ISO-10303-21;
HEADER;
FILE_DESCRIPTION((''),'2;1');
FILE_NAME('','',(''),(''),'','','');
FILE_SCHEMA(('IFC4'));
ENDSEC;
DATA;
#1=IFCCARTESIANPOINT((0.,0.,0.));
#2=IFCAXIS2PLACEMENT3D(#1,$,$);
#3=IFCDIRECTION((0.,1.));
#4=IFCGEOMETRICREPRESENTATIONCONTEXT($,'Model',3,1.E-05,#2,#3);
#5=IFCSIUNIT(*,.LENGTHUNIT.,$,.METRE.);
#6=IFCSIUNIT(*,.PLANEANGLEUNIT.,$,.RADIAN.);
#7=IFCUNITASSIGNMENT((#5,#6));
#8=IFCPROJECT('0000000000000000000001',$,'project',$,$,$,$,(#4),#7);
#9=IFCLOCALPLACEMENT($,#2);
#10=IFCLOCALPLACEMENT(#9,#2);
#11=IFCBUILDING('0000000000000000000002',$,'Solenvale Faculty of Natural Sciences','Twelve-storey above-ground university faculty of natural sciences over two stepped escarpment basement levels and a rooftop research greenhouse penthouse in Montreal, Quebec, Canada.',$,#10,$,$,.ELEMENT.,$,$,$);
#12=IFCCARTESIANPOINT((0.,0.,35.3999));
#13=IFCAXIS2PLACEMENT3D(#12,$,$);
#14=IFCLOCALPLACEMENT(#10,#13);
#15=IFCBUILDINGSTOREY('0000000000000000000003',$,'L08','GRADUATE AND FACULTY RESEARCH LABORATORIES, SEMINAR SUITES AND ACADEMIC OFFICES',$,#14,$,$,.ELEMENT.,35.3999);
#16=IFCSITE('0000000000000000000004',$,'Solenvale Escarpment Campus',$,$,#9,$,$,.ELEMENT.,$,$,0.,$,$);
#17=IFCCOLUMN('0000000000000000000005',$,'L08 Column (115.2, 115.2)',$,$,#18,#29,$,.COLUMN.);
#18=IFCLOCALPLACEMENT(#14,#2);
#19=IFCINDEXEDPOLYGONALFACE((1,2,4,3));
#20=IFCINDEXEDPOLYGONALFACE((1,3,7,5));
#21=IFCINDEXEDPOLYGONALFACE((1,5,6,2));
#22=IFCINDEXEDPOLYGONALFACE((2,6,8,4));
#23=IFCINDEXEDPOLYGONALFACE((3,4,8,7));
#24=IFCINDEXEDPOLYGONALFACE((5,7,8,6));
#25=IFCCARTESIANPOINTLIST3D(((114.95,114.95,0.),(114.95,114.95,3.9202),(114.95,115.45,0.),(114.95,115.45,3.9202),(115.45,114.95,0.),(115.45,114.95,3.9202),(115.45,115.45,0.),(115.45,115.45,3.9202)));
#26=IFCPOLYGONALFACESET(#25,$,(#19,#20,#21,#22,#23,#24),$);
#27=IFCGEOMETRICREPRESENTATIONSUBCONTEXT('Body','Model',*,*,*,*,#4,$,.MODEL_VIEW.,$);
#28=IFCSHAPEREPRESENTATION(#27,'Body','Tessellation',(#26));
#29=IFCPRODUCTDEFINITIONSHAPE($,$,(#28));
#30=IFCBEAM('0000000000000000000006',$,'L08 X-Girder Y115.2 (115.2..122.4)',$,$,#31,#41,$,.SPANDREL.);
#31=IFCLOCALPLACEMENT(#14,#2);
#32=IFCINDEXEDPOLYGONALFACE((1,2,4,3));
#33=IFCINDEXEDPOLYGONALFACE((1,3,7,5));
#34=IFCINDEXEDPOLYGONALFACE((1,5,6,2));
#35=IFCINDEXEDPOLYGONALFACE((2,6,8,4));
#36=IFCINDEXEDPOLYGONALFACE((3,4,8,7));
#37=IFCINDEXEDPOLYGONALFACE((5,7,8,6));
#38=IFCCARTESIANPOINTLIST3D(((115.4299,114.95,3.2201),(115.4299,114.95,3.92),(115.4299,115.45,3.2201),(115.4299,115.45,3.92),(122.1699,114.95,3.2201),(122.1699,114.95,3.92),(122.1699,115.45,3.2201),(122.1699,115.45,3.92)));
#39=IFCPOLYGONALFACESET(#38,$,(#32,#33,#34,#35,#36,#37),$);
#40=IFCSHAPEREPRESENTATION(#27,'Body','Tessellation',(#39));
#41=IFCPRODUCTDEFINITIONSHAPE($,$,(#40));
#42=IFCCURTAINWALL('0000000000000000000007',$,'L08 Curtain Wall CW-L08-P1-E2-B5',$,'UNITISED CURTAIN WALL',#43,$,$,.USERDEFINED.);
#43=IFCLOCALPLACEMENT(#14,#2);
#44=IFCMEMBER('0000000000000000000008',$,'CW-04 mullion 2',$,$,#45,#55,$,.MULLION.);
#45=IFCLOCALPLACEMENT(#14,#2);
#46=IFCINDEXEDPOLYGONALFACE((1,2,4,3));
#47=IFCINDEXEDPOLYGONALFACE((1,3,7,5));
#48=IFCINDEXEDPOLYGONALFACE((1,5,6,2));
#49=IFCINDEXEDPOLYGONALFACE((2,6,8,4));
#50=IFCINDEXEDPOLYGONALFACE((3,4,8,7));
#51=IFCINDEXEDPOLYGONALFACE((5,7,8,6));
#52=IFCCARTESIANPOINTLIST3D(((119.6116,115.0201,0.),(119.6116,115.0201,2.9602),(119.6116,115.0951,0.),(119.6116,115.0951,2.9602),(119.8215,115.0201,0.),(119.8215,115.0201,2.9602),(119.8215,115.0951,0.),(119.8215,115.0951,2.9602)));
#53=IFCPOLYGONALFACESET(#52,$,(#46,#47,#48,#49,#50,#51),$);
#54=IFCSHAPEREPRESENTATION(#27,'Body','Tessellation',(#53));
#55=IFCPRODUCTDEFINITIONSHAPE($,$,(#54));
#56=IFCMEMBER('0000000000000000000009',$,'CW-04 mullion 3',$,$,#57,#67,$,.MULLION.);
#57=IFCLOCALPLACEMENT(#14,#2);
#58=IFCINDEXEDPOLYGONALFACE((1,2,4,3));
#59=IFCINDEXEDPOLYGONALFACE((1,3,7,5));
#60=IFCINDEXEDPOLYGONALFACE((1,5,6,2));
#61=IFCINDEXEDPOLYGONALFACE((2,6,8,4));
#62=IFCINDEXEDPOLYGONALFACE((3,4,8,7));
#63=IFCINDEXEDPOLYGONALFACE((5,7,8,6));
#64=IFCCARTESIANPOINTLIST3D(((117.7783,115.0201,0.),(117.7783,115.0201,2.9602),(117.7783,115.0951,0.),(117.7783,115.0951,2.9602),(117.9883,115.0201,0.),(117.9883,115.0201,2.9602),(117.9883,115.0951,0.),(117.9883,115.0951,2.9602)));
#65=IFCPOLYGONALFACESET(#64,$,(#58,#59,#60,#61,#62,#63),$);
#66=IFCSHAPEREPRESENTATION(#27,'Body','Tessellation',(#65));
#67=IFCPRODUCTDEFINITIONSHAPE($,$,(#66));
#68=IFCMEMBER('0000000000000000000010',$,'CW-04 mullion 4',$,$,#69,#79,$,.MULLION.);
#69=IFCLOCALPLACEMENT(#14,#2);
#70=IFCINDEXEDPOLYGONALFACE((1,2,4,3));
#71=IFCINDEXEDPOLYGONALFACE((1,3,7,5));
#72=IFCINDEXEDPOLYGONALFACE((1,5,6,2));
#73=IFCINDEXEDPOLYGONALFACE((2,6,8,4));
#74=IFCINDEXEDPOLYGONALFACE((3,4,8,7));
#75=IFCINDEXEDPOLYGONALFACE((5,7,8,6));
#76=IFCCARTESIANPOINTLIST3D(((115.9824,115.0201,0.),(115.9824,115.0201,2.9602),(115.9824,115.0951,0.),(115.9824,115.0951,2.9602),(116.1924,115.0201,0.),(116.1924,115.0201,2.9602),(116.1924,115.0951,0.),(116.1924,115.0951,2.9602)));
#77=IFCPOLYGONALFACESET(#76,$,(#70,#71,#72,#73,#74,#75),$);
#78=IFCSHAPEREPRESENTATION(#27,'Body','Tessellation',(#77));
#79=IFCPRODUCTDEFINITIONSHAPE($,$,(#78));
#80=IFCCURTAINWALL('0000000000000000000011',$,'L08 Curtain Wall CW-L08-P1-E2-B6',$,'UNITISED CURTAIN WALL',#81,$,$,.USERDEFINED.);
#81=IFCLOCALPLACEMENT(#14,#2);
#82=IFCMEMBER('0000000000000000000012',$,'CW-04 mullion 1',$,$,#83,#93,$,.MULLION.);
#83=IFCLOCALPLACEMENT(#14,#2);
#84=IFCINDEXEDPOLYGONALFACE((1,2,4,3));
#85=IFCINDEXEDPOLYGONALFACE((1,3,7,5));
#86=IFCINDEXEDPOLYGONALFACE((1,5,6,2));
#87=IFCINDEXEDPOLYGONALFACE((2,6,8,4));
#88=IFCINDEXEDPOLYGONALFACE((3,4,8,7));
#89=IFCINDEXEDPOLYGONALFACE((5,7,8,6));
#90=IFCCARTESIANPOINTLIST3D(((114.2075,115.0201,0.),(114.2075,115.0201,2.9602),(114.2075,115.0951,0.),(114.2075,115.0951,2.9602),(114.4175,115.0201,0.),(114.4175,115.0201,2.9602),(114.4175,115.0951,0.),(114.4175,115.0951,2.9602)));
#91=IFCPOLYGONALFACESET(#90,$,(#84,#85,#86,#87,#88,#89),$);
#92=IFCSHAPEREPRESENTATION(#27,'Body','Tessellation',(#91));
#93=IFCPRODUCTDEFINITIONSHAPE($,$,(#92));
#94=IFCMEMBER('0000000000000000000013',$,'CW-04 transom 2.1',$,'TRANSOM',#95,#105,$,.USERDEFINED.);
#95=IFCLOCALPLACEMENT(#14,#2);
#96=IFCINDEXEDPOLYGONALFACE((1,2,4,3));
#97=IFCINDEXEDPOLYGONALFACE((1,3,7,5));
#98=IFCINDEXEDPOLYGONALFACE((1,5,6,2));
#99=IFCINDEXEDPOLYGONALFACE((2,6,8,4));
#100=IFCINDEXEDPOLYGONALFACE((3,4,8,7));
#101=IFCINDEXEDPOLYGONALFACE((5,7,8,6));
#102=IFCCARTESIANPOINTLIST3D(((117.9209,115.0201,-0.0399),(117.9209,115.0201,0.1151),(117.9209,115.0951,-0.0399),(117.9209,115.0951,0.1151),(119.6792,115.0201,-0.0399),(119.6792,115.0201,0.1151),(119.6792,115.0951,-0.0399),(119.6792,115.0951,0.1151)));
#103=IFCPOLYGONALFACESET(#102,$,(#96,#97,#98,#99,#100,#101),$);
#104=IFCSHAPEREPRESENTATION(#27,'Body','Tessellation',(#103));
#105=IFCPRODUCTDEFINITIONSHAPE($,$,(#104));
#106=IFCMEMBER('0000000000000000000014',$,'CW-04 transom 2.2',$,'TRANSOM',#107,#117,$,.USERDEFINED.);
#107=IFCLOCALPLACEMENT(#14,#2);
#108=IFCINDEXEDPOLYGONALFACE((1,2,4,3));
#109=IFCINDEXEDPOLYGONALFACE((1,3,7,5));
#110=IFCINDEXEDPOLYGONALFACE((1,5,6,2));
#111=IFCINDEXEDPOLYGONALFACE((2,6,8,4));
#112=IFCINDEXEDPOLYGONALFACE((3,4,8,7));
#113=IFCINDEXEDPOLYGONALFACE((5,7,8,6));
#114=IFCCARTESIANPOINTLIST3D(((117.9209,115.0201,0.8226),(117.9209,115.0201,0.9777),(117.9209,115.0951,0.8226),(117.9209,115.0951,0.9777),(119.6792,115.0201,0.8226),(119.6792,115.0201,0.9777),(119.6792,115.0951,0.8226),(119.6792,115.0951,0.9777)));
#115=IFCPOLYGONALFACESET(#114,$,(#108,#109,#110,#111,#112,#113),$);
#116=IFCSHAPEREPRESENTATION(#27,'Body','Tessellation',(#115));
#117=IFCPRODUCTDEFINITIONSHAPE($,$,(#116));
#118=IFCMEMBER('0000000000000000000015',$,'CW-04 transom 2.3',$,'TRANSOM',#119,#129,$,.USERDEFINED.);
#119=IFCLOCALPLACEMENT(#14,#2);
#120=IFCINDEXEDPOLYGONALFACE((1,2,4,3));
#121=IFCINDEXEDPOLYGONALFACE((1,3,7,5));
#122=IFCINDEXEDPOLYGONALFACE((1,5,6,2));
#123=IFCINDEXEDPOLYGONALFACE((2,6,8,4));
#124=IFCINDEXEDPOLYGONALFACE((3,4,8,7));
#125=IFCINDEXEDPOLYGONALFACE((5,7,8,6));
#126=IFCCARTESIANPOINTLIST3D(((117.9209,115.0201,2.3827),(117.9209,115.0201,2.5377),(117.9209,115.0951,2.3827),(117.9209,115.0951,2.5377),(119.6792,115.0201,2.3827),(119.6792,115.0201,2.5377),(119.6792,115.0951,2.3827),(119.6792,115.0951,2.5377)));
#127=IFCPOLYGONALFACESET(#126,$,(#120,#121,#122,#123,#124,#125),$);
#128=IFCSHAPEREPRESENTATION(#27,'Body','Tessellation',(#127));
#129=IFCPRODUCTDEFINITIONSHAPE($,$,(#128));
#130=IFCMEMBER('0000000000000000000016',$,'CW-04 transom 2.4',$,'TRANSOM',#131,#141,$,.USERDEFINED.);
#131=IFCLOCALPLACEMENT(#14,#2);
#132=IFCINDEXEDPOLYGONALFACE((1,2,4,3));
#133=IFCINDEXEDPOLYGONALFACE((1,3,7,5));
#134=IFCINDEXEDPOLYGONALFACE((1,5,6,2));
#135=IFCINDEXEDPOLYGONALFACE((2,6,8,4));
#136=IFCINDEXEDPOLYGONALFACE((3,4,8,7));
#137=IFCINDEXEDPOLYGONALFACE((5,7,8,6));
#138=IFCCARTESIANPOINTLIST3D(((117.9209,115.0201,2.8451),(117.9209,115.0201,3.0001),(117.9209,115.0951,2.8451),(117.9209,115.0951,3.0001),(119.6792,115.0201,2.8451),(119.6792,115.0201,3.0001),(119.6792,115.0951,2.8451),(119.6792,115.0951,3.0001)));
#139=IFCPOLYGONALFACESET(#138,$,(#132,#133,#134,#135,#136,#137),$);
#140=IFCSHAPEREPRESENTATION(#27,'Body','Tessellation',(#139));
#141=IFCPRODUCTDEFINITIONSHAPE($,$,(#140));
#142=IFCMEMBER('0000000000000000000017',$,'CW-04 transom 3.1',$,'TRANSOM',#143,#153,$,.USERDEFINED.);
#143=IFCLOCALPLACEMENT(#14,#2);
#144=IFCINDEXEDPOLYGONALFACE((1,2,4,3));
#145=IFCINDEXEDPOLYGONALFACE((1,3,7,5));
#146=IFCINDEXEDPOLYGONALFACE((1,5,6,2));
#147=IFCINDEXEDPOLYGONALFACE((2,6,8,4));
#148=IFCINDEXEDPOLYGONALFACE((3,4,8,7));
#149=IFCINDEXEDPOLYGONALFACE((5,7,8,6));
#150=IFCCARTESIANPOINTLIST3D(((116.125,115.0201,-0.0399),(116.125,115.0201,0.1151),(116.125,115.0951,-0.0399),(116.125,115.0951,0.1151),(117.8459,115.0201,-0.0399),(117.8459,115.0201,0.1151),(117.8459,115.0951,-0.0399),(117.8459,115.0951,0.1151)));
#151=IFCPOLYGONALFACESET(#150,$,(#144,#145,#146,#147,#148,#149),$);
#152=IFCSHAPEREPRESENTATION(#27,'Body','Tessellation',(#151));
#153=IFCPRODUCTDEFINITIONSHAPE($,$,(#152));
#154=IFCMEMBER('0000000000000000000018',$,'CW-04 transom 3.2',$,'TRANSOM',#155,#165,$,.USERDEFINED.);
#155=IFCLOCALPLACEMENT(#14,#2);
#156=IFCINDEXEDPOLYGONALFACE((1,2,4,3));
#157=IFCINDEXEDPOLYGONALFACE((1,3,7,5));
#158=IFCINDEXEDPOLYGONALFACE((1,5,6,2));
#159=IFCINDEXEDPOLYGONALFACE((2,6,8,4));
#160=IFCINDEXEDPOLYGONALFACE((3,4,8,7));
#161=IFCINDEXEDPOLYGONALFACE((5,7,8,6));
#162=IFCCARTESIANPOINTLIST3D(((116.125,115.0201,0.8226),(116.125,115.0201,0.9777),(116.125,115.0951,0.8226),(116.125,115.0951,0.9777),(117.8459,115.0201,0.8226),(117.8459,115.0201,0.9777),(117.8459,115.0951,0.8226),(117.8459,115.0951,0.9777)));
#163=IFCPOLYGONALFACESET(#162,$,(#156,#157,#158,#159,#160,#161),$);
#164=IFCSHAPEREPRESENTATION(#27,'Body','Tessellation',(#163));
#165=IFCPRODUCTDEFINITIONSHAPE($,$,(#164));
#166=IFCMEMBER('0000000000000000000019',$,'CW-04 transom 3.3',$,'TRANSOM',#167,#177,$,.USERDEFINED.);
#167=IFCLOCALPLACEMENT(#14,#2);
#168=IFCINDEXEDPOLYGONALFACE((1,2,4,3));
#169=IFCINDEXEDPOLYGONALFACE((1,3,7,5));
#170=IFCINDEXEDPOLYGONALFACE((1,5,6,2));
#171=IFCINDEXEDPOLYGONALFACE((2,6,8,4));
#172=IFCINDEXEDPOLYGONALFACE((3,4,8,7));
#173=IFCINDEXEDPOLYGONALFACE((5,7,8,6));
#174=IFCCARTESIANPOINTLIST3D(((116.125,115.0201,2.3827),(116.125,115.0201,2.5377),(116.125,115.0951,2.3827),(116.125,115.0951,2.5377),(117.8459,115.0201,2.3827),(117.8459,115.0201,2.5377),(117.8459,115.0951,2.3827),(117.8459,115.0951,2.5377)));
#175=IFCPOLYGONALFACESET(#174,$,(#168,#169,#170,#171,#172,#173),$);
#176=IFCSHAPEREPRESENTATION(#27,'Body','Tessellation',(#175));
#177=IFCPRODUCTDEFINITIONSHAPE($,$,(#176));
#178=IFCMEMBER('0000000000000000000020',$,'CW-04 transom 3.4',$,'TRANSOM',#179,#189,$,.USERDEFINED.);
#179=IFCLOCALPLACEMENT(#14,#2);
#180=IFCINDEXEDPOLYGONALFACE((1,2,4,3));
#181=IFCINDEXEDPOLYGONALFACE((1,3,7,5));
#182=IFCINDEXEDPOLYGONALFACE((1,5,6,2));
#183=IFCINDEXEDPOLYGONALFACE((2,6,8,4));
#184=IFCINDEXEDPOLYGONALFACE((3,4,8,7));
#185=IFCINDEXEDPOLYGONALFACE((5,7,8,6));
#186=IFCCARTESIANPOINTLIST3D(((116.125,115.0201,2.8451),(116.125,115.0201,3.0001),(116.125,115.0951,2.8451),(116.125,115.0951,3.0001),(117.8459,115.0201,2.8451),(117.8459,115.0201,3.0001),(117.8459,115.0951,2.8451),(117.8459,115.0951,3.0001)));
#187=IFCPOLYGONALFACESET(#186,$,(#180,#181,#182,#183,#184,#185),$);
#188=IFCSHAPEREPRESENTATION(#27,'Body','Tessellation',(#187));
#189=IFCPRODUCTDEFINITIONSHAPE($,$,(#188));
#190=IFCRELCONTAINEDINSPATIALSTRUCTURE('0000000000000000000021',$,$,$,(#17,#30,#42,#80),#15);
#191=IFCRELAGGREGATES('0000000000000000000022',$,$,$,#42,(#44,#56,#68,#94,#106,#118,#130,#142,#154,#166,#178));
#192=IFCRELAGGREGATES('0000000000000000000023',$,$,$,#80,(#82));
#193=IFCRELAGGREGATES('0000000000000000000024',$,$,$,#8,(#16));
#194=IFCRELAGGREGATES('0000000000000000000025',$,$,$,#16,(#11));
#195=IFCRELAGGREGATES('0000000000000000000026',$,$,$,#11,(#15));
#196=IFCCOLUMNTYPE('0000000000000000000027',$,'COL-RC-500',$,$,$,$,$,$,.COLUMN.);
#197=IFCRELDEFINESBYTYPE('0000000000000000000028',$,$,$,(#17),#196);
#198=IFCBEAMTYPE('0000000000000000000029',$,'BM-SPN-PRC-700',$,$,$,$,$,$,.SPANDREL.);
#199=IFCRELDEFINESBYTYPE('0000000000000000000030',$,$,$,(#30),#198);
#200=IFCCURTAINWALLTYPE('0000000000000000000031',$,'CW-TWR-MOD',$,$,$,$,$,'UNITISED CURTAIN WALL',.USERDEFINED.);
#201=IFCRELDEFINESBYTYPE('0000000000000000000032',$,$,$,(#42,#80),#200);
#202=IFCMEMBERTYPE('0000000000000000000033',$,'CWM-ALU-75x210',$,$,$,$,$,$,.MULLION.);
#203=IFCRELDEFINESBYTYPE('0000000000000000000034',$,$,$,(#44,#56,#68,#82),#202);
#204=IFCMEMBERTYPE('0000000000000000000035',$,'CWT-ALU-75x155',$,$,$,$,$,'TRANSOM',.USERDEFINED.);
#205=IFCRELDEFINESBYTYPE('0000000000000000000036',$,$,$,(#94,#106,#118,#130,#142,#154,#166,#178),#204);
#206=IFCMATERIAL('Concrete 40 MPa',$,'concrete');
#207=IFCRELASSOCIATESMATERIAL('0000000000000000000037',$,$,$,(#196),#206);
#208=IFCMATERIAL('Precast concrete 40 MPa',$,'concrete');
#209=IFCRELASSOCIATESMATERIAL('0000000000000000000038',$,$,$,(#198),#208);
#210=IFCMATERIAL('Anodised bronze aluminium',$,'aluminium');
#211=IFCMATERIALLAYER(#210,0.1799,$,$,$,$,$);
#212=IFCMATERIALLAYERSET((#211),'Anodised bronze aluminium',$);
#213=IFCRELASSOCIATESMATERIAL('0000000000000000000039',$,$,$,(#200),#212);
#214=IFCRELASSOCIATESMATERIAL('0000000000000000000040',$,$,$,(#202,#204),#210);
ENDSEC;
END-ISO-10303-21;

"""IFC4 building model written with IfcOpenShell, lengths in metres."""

from ifc_helpers import new_model, si_unit, direction, frame, origin, origin_2d, place, context, subcontext, project, spatial, rectangle, extrude, material, layer, layer_set, material_profile, profile_set, type_object, element, aggregate, save


model = new_model("IFC4")

# Units and contexts
model_context = context("Model", 3, precision=1e-05, world=origin(), true_north=direction((0.0, 1.0)))
body_context = subcontext(model_context, "Body", "Model", "MODEL_VIEW")
ifc_project = project(units=[si_unit("LENGTHUNIT", "METRE"), si_unit("PLANEANGLEUNIT", "RADIAN")], contexts=[model_context])

# Site, building, storey
site_placement = place(None, origin())
site = spatial("IfcSite", under=ifc_project, at=site_placement, Name="Solenvale Escarpment Campus", CompositionType="ELEMENT", RefElevation=0.0)
building_placement = place(site_placement, origin())
building = spatial("IfcBuilding", under=site, at=building_placement, Name="Solenvale Faculty of Natural Sciences", Description="Twelve-storey above-ground university faculty of natural sciences over two stepped escarpment basement levels and a rooftop research greenhouse penthouse in Montreal, Quebec, Canada.", CompositionType="ELEMENT")
storey_placement = place(building_placement, frame((0.0, 0.0, 35.3999)))
storey = spatial("IfcBuildingStorey", under=building, at=storey_placement, Name="L08", Description="GRADUATE AND FACULTY RESEARCH LABORATORIES, SEMINAR SUITES AND ACADEMIC OFFICES", CompositionType="ELEMENT", Elevation=35.3999)

# Column
ifc_material_1 = material(Name="Concrete 40 MPa", Category="concrete")
ifc_material_profile_1 = material_profile(ifc_material_1, rectangle(XDim=0.5, YDim=0.5, at=origin_2d()), Name="RC-COL-500x500")
ifc_profile_set_1 = profile_set([ifc_material_profile_1], Name="Concrete 40 MPa")
column_type = type_object("IfcColumnType", Name="COL-RC-500", PredefinedType="COLUMN", material=ifc_profile_set_1)
column_placement = place(storey_placement, frame((115.2, 115.2, 0.0), z_axis=(0.0, 0.0, 1.0), x_axis=(1.0, 0.0, 0.0)))
element("IfcColumn", 1, at=column_placement, inside=storey, type_object=column_type, Name="L08 Column (115.2, 115.2)", PredefinedType="COLUMN", context=body_context, shape_type="SweptSolid", body=[
    extrude(rectangle(XDim=0.5, YDim=0.5, at=origin_2d()), origin(), (0.0, 0.0, 1.0), 3.9202),
])

# Beam
ifc_material_2 = material(Name="Precast concrete 40 MPa", Category="concrete")
ifc_material_profile_2 = material_profile(ifc_material_2, rectangle(XDim=0.5, YDim=0.7, at=origin_2d()), Name="RC-BM-500x700")
ifc_profile_set_2 = profile_set([ifc_material_profile_2], Name="Precast concrete 40 MPa")
beam_type = type_object("IfcBeamType", Name="BM-SPN-PRC-700", PredefinedType="SPANDREL", material=ifc_profile_set_2)
beam_placement = place(storey_placement, frame((115.4299, 115.2, 3.5701), z_axis=(1.0, 0.0, 0.0), x_axis=(0.0, 1.0, 0.0)))
element("IfcBeam", 2, at=beam_placement, inside=storey, type_object=beam_type, Name="L08 X-Girder Y115.2 (115.2..122.4)", PredefinedType="SPANDREL", context=body_context, shape_type="SweptSolid", body=[
    extrude(rectangle(XDim=0.5, YDim=0.7, at=origin_2d()), origin(), (0.0, 0.0, 1.0), 6.74),
])

# Curtain wall, members
ifc_material_3 = material(Name="Anodised bronze aluminium", Category="aluminium")
ifc_layer_1 = layer(ifc_material_3, 0.1799)
ifc_layer_set_1 = layer_set([ifc_layer_1], Name="Anodised bronze aluminium")
curtain_wall_type = type_object("IfcCurtainWallType", Name="CW-TWR-MOD", ElementType="UNITISED CURTAIN WALL", PredefinedType="USERDEFINED", material=ifc_layer_set_1)
curtain_wall_1_placement = place(storey_placement, origin())
curtain_wall_1 = element("IfcCurtainWall", 3, at=curtain_wall_1_placement, inside=storey, type_object=curtain_wall_type, Name="L08 Curtain Wall CW-L08-P1-E2-B5", ObjectType="UNITISED CURTAIN WALL", PredefinedType="USERDEFINED")
ifc_material_profile_3 = material_profile(ifc_material_3, rectangle(XDim=0.075, YDim=0.21, at=origin_2d()), Name="ALU-MUL-75x210")
ifc_profile_set_3 = profile_set([ifc_material_profile_3], Name="Anodised bronze aluminium")
member_type_1 = type_object("IfcMemberType", Name="CWM-ALU-75x210", PredefinedType="MULLION", material=ifc_profile_set_3)
member_1_placement = place(storey_placement, frame((119.7166, 115.0576, 0.0), z_axis=(0.0, 0.0, 1.0), x_axis=(0.0, -1.0, 0.0)))
member_1 = element("IfcMember", 4, at=member_1_placement, type_object=member_type_1, Name="CW-04 mullion 2", PredefinedType="MULLION", context=body_context, shape_type="SweptSolid", body=[
    extrude(rectangle(XDim=0.075, YDim=0.21, at=origin_2d()), origin(), (0.0, 0.0, 1.0), 2.9602),
])
member_2_placement = place(storey_placement, frame((117.8833, 115.0576, 0.0), z_axis=(0.0, 0.0, 1.0), x_axis=(0.0, -1.0, 0.0)))
member_2 = element("IfcMember", 5, at=member_2_placement, type_object=member_type_1, Name="CW-04 mullion 3", PredefinedType="MULLION", context=body_context, shape_type="SweptSolid", body=[
    extrude(rectangle(XDim=0.075, YDim=0.21, at=origin_2d()), origin(), (0.0, 0.0, 1.0), 2.9602),
])
member_3_placement = place(storey_placement, frame((116.0874, 115.0576, 0.0), z_axis=(0.0, 0.0, 1.0), x_axis=(0.0, -1.0, 0.0)))
member_3 = element("IfcMember", 6, at=member_3_placement, type_object=member_type_1, Name="CW-04 mullion 4", PredefinedType="MULLION", context=body_context, shape_type="SweptSolid", body=[
    extrude(rectangle(XDim=0.075, YDim=0.21, at=origin_2d()), origin(), (0.0, 0.0, 1.0), 2.9602),
])

# Curtain wall, member
curtain_wall_2_placement = place(storey_placement, origin())
curtain_wall_2 = element("IfcCurtainWall", 7, at=curtain_wall_2_placement, inside=storey, type_object=curtain_wall_type, Name="L08 Curtain Wall CW-L08-P1-E2-B6", ObjectType="UNITISED CURTAIN WALL", PredefinedType="USERDEFINED")
member_4_placement = place(storey_placement, frame((114.3125, 115.0576, 0.0), z_axis=(0.0, 0.0, 1.0), x_axis=(0.0, -1.0, 0.0)))
member_4 = element("IfcMember", 8, at=member_4_placement, type_object=member_type_1, Name="CW-04 mullion 1", PredefinedType="MULLION", context=body_context, shape_type="SweptSolid", body=[
    extrude(rectangle(XDim=0.075, YDim=0.21, at=origin_2d()), origin(), (0.0, 0.0, 1.0), 2.9602),
])

# Members
ifc_material_profile_4 = material_profile(ifc_material_3, rectangle(XDim=0.075, YDim=0.155, at=origin_2d()), Name="ALU-TRN-75x155")
ifc_profile_set_4 = profile_set([ifc_material_profile_4], Name="Anodised bronze aluminium")
member_type_2 = type_object("IfcMemberType", Name="CWT-ALU-75x155", ElementType="TRANSOM", PredefinedType="USERDEFINED", material=ifc_profile_set_4)
member_5_placement = place(storey_placement, frame((119.6792, 115.0576, 0.0376), z_axis=(-1.0, 0.0, 0.0), x_axis=(0.0, -1.0, 0.0)))
member_5 = element("IfcMember", 9, at=member_5_placement, type_object=member_type_2, Name="CW-04 transom 2.1", ObjectType="TRANSOM", PredefinedType="USERDEFINED", context=body_context, shape_type="SweptSolid", body=[
    extrude(rectangle(XDim=0.075, YDim=0.155, at=origin_2d()), origin(), (0.0, 0.0, 1.0), 1.7583),
])
member_6_placement = place(storey_placement, frame((119.6792, 115.0576, 0.9001), z_axis=(-1.0, 0.0, 0.0), x_axis=(0.0, -1.0, 0.0)))
member_6 = element("IfcMember", 10, at=member_6_placement, type_object=member_type_2, Name="CW-04 transom 2.2", ObjectType="TRANSOM", PredefinedType="USERDEFINED", context=body_context, shape_type="SweptSolid", body=[
    extrude(rectangle(XDim=0.075, YDim=0.155, at=origin_2d()), origin(), (0.0, 0.0, 1.0), 1.7583),
])
member_7_placement = place(storey_placement, frame((119.6792, 115.0576, 2.4602), z_axis=(-1.0, 0.0, 0.0), x_axis=(0.0, -1.0, 0.0)))
member_7 = element("IfcMember", 11, at=member_7_placement, type_object=member_type_2, Name="CW-04 transom 2.3", ObjectType="TRANSOM", PredefinedType="USERDEFINED", context=body_context, shape_type="SweptSolid", body=[
    extrude(rectangle(XDim=0.075, YDim=0.155, at=origin_2d()), origin(), (0.0, 0.0, 1.0), 1.7583),
])
member_8_placement = place(storey_placement, frame((119.6792, 115.0576, 2.9226), z_axis=(-1.0, 0.0, 0.0), x_axis=(0.0, -1.0, 0.0)))
member_8 = element("IfcMember", 12, at=member_8_placement, type_object=member_type_2, Name="CW-04 transom 2.4", ObjectType="TRANSOM", PredefinedType="USERDEFINED", context=body_context, shape_type="SweptSolid", body=[
    extrude(rectangle(XDim=0.075, YDim=0.155, at=origin_2d()), origin(), (0.0, 0.0, 1.0), 1.7583),
])
member_9_placement = place(storey_placement, frame((117.8459, 115.0576, 0.0376), z_axis=(-1.0, 0.0, 0.0), x_axis=(0.0, -1.0, 0.0)))
member_9 = element("IfcMember", 13, at=member_9_placement, type_object=member_type_2, Name="CW-04 transom 3.1", ObjectType="TRANSOM", PredefinedType="USERDEFINED", context=body_context, shape_type="SweptSolid", body=[
    extrude(rectangle(XDim=0.075, YDim=0.155, at=origin_2d()), origin(), (0.0, 0.0, 1.0), 1.7209),
])
member_10_placement = place(storey_placement, frame((117.8459, 115.0576, 0.9001), z_axis=(-1.0, 0.0, 0.0), x_axis=(0.0, -1.0, 0.0)))
member_10 = element("IfcMember", 14, at=member_10_placement, type_object=member_type_2, Name="CW-04 transom 3.2", ObjectType="TRANSOM", PredefinedType="USERDEFINED", context=body_context, shape_type="SweptSolid", body=[
    extrude(rectangle(XDim=0.075, YDim=0.155, at=origin_2d()), origin(), (0.0, 0.0, 1.0), 1.7209),
])
member_11_placement = place(storey_placement, frame((117.8459, 115.0576, 2.4602), z_axis=(-1.0, 0.0, 0.0), x_axis=(0.0, -1.0, 0.0)))
member_11 = element("IfcMember", 15, at=member_11_placement, type_object=member_type_2, Name="CW-04 transom 3.3", ObjectType="TRANSOM", PredefinedType="USERDEFINED", context=body_context, shape_type="SweptSolid", body=[
    extrude(rectangle(XDim=0.075, YDim=0.155, at=origin_2d()), origin(), (0.0, 0.0, 1.0), 1.7209),
])
member_12_placement = place(storey_placement, frame((117.8459, 115.0576, 2.9226), z_axis=(-1.0, 0.0, 0.0), x_axis=(0.0, -1.0, 0.0)))
member_12 = element("IfcMember", 16, at=member_12_placement, type_object=member_type_2, Name="CW-04 transom 3.4", ObjectType="TRANSOM", PredefinedType="USERDEFINED", context=body_context, shape_type="SweptSolid", body=[
    extrude(rectangle(XDim=0.075, YDim=0.155, at=origin_2d()), origin(), (0.0, 0.0, 1.0), 1.7209),
])

aggregate(curtain_wall_1, [member_1, member_2, member_3, member_5, member_6, member_7, member_8, member_9, member_10, member_11, member_12])
aggregate(curtain_wall_2, [member_4])

save(model, "model.ifc")
